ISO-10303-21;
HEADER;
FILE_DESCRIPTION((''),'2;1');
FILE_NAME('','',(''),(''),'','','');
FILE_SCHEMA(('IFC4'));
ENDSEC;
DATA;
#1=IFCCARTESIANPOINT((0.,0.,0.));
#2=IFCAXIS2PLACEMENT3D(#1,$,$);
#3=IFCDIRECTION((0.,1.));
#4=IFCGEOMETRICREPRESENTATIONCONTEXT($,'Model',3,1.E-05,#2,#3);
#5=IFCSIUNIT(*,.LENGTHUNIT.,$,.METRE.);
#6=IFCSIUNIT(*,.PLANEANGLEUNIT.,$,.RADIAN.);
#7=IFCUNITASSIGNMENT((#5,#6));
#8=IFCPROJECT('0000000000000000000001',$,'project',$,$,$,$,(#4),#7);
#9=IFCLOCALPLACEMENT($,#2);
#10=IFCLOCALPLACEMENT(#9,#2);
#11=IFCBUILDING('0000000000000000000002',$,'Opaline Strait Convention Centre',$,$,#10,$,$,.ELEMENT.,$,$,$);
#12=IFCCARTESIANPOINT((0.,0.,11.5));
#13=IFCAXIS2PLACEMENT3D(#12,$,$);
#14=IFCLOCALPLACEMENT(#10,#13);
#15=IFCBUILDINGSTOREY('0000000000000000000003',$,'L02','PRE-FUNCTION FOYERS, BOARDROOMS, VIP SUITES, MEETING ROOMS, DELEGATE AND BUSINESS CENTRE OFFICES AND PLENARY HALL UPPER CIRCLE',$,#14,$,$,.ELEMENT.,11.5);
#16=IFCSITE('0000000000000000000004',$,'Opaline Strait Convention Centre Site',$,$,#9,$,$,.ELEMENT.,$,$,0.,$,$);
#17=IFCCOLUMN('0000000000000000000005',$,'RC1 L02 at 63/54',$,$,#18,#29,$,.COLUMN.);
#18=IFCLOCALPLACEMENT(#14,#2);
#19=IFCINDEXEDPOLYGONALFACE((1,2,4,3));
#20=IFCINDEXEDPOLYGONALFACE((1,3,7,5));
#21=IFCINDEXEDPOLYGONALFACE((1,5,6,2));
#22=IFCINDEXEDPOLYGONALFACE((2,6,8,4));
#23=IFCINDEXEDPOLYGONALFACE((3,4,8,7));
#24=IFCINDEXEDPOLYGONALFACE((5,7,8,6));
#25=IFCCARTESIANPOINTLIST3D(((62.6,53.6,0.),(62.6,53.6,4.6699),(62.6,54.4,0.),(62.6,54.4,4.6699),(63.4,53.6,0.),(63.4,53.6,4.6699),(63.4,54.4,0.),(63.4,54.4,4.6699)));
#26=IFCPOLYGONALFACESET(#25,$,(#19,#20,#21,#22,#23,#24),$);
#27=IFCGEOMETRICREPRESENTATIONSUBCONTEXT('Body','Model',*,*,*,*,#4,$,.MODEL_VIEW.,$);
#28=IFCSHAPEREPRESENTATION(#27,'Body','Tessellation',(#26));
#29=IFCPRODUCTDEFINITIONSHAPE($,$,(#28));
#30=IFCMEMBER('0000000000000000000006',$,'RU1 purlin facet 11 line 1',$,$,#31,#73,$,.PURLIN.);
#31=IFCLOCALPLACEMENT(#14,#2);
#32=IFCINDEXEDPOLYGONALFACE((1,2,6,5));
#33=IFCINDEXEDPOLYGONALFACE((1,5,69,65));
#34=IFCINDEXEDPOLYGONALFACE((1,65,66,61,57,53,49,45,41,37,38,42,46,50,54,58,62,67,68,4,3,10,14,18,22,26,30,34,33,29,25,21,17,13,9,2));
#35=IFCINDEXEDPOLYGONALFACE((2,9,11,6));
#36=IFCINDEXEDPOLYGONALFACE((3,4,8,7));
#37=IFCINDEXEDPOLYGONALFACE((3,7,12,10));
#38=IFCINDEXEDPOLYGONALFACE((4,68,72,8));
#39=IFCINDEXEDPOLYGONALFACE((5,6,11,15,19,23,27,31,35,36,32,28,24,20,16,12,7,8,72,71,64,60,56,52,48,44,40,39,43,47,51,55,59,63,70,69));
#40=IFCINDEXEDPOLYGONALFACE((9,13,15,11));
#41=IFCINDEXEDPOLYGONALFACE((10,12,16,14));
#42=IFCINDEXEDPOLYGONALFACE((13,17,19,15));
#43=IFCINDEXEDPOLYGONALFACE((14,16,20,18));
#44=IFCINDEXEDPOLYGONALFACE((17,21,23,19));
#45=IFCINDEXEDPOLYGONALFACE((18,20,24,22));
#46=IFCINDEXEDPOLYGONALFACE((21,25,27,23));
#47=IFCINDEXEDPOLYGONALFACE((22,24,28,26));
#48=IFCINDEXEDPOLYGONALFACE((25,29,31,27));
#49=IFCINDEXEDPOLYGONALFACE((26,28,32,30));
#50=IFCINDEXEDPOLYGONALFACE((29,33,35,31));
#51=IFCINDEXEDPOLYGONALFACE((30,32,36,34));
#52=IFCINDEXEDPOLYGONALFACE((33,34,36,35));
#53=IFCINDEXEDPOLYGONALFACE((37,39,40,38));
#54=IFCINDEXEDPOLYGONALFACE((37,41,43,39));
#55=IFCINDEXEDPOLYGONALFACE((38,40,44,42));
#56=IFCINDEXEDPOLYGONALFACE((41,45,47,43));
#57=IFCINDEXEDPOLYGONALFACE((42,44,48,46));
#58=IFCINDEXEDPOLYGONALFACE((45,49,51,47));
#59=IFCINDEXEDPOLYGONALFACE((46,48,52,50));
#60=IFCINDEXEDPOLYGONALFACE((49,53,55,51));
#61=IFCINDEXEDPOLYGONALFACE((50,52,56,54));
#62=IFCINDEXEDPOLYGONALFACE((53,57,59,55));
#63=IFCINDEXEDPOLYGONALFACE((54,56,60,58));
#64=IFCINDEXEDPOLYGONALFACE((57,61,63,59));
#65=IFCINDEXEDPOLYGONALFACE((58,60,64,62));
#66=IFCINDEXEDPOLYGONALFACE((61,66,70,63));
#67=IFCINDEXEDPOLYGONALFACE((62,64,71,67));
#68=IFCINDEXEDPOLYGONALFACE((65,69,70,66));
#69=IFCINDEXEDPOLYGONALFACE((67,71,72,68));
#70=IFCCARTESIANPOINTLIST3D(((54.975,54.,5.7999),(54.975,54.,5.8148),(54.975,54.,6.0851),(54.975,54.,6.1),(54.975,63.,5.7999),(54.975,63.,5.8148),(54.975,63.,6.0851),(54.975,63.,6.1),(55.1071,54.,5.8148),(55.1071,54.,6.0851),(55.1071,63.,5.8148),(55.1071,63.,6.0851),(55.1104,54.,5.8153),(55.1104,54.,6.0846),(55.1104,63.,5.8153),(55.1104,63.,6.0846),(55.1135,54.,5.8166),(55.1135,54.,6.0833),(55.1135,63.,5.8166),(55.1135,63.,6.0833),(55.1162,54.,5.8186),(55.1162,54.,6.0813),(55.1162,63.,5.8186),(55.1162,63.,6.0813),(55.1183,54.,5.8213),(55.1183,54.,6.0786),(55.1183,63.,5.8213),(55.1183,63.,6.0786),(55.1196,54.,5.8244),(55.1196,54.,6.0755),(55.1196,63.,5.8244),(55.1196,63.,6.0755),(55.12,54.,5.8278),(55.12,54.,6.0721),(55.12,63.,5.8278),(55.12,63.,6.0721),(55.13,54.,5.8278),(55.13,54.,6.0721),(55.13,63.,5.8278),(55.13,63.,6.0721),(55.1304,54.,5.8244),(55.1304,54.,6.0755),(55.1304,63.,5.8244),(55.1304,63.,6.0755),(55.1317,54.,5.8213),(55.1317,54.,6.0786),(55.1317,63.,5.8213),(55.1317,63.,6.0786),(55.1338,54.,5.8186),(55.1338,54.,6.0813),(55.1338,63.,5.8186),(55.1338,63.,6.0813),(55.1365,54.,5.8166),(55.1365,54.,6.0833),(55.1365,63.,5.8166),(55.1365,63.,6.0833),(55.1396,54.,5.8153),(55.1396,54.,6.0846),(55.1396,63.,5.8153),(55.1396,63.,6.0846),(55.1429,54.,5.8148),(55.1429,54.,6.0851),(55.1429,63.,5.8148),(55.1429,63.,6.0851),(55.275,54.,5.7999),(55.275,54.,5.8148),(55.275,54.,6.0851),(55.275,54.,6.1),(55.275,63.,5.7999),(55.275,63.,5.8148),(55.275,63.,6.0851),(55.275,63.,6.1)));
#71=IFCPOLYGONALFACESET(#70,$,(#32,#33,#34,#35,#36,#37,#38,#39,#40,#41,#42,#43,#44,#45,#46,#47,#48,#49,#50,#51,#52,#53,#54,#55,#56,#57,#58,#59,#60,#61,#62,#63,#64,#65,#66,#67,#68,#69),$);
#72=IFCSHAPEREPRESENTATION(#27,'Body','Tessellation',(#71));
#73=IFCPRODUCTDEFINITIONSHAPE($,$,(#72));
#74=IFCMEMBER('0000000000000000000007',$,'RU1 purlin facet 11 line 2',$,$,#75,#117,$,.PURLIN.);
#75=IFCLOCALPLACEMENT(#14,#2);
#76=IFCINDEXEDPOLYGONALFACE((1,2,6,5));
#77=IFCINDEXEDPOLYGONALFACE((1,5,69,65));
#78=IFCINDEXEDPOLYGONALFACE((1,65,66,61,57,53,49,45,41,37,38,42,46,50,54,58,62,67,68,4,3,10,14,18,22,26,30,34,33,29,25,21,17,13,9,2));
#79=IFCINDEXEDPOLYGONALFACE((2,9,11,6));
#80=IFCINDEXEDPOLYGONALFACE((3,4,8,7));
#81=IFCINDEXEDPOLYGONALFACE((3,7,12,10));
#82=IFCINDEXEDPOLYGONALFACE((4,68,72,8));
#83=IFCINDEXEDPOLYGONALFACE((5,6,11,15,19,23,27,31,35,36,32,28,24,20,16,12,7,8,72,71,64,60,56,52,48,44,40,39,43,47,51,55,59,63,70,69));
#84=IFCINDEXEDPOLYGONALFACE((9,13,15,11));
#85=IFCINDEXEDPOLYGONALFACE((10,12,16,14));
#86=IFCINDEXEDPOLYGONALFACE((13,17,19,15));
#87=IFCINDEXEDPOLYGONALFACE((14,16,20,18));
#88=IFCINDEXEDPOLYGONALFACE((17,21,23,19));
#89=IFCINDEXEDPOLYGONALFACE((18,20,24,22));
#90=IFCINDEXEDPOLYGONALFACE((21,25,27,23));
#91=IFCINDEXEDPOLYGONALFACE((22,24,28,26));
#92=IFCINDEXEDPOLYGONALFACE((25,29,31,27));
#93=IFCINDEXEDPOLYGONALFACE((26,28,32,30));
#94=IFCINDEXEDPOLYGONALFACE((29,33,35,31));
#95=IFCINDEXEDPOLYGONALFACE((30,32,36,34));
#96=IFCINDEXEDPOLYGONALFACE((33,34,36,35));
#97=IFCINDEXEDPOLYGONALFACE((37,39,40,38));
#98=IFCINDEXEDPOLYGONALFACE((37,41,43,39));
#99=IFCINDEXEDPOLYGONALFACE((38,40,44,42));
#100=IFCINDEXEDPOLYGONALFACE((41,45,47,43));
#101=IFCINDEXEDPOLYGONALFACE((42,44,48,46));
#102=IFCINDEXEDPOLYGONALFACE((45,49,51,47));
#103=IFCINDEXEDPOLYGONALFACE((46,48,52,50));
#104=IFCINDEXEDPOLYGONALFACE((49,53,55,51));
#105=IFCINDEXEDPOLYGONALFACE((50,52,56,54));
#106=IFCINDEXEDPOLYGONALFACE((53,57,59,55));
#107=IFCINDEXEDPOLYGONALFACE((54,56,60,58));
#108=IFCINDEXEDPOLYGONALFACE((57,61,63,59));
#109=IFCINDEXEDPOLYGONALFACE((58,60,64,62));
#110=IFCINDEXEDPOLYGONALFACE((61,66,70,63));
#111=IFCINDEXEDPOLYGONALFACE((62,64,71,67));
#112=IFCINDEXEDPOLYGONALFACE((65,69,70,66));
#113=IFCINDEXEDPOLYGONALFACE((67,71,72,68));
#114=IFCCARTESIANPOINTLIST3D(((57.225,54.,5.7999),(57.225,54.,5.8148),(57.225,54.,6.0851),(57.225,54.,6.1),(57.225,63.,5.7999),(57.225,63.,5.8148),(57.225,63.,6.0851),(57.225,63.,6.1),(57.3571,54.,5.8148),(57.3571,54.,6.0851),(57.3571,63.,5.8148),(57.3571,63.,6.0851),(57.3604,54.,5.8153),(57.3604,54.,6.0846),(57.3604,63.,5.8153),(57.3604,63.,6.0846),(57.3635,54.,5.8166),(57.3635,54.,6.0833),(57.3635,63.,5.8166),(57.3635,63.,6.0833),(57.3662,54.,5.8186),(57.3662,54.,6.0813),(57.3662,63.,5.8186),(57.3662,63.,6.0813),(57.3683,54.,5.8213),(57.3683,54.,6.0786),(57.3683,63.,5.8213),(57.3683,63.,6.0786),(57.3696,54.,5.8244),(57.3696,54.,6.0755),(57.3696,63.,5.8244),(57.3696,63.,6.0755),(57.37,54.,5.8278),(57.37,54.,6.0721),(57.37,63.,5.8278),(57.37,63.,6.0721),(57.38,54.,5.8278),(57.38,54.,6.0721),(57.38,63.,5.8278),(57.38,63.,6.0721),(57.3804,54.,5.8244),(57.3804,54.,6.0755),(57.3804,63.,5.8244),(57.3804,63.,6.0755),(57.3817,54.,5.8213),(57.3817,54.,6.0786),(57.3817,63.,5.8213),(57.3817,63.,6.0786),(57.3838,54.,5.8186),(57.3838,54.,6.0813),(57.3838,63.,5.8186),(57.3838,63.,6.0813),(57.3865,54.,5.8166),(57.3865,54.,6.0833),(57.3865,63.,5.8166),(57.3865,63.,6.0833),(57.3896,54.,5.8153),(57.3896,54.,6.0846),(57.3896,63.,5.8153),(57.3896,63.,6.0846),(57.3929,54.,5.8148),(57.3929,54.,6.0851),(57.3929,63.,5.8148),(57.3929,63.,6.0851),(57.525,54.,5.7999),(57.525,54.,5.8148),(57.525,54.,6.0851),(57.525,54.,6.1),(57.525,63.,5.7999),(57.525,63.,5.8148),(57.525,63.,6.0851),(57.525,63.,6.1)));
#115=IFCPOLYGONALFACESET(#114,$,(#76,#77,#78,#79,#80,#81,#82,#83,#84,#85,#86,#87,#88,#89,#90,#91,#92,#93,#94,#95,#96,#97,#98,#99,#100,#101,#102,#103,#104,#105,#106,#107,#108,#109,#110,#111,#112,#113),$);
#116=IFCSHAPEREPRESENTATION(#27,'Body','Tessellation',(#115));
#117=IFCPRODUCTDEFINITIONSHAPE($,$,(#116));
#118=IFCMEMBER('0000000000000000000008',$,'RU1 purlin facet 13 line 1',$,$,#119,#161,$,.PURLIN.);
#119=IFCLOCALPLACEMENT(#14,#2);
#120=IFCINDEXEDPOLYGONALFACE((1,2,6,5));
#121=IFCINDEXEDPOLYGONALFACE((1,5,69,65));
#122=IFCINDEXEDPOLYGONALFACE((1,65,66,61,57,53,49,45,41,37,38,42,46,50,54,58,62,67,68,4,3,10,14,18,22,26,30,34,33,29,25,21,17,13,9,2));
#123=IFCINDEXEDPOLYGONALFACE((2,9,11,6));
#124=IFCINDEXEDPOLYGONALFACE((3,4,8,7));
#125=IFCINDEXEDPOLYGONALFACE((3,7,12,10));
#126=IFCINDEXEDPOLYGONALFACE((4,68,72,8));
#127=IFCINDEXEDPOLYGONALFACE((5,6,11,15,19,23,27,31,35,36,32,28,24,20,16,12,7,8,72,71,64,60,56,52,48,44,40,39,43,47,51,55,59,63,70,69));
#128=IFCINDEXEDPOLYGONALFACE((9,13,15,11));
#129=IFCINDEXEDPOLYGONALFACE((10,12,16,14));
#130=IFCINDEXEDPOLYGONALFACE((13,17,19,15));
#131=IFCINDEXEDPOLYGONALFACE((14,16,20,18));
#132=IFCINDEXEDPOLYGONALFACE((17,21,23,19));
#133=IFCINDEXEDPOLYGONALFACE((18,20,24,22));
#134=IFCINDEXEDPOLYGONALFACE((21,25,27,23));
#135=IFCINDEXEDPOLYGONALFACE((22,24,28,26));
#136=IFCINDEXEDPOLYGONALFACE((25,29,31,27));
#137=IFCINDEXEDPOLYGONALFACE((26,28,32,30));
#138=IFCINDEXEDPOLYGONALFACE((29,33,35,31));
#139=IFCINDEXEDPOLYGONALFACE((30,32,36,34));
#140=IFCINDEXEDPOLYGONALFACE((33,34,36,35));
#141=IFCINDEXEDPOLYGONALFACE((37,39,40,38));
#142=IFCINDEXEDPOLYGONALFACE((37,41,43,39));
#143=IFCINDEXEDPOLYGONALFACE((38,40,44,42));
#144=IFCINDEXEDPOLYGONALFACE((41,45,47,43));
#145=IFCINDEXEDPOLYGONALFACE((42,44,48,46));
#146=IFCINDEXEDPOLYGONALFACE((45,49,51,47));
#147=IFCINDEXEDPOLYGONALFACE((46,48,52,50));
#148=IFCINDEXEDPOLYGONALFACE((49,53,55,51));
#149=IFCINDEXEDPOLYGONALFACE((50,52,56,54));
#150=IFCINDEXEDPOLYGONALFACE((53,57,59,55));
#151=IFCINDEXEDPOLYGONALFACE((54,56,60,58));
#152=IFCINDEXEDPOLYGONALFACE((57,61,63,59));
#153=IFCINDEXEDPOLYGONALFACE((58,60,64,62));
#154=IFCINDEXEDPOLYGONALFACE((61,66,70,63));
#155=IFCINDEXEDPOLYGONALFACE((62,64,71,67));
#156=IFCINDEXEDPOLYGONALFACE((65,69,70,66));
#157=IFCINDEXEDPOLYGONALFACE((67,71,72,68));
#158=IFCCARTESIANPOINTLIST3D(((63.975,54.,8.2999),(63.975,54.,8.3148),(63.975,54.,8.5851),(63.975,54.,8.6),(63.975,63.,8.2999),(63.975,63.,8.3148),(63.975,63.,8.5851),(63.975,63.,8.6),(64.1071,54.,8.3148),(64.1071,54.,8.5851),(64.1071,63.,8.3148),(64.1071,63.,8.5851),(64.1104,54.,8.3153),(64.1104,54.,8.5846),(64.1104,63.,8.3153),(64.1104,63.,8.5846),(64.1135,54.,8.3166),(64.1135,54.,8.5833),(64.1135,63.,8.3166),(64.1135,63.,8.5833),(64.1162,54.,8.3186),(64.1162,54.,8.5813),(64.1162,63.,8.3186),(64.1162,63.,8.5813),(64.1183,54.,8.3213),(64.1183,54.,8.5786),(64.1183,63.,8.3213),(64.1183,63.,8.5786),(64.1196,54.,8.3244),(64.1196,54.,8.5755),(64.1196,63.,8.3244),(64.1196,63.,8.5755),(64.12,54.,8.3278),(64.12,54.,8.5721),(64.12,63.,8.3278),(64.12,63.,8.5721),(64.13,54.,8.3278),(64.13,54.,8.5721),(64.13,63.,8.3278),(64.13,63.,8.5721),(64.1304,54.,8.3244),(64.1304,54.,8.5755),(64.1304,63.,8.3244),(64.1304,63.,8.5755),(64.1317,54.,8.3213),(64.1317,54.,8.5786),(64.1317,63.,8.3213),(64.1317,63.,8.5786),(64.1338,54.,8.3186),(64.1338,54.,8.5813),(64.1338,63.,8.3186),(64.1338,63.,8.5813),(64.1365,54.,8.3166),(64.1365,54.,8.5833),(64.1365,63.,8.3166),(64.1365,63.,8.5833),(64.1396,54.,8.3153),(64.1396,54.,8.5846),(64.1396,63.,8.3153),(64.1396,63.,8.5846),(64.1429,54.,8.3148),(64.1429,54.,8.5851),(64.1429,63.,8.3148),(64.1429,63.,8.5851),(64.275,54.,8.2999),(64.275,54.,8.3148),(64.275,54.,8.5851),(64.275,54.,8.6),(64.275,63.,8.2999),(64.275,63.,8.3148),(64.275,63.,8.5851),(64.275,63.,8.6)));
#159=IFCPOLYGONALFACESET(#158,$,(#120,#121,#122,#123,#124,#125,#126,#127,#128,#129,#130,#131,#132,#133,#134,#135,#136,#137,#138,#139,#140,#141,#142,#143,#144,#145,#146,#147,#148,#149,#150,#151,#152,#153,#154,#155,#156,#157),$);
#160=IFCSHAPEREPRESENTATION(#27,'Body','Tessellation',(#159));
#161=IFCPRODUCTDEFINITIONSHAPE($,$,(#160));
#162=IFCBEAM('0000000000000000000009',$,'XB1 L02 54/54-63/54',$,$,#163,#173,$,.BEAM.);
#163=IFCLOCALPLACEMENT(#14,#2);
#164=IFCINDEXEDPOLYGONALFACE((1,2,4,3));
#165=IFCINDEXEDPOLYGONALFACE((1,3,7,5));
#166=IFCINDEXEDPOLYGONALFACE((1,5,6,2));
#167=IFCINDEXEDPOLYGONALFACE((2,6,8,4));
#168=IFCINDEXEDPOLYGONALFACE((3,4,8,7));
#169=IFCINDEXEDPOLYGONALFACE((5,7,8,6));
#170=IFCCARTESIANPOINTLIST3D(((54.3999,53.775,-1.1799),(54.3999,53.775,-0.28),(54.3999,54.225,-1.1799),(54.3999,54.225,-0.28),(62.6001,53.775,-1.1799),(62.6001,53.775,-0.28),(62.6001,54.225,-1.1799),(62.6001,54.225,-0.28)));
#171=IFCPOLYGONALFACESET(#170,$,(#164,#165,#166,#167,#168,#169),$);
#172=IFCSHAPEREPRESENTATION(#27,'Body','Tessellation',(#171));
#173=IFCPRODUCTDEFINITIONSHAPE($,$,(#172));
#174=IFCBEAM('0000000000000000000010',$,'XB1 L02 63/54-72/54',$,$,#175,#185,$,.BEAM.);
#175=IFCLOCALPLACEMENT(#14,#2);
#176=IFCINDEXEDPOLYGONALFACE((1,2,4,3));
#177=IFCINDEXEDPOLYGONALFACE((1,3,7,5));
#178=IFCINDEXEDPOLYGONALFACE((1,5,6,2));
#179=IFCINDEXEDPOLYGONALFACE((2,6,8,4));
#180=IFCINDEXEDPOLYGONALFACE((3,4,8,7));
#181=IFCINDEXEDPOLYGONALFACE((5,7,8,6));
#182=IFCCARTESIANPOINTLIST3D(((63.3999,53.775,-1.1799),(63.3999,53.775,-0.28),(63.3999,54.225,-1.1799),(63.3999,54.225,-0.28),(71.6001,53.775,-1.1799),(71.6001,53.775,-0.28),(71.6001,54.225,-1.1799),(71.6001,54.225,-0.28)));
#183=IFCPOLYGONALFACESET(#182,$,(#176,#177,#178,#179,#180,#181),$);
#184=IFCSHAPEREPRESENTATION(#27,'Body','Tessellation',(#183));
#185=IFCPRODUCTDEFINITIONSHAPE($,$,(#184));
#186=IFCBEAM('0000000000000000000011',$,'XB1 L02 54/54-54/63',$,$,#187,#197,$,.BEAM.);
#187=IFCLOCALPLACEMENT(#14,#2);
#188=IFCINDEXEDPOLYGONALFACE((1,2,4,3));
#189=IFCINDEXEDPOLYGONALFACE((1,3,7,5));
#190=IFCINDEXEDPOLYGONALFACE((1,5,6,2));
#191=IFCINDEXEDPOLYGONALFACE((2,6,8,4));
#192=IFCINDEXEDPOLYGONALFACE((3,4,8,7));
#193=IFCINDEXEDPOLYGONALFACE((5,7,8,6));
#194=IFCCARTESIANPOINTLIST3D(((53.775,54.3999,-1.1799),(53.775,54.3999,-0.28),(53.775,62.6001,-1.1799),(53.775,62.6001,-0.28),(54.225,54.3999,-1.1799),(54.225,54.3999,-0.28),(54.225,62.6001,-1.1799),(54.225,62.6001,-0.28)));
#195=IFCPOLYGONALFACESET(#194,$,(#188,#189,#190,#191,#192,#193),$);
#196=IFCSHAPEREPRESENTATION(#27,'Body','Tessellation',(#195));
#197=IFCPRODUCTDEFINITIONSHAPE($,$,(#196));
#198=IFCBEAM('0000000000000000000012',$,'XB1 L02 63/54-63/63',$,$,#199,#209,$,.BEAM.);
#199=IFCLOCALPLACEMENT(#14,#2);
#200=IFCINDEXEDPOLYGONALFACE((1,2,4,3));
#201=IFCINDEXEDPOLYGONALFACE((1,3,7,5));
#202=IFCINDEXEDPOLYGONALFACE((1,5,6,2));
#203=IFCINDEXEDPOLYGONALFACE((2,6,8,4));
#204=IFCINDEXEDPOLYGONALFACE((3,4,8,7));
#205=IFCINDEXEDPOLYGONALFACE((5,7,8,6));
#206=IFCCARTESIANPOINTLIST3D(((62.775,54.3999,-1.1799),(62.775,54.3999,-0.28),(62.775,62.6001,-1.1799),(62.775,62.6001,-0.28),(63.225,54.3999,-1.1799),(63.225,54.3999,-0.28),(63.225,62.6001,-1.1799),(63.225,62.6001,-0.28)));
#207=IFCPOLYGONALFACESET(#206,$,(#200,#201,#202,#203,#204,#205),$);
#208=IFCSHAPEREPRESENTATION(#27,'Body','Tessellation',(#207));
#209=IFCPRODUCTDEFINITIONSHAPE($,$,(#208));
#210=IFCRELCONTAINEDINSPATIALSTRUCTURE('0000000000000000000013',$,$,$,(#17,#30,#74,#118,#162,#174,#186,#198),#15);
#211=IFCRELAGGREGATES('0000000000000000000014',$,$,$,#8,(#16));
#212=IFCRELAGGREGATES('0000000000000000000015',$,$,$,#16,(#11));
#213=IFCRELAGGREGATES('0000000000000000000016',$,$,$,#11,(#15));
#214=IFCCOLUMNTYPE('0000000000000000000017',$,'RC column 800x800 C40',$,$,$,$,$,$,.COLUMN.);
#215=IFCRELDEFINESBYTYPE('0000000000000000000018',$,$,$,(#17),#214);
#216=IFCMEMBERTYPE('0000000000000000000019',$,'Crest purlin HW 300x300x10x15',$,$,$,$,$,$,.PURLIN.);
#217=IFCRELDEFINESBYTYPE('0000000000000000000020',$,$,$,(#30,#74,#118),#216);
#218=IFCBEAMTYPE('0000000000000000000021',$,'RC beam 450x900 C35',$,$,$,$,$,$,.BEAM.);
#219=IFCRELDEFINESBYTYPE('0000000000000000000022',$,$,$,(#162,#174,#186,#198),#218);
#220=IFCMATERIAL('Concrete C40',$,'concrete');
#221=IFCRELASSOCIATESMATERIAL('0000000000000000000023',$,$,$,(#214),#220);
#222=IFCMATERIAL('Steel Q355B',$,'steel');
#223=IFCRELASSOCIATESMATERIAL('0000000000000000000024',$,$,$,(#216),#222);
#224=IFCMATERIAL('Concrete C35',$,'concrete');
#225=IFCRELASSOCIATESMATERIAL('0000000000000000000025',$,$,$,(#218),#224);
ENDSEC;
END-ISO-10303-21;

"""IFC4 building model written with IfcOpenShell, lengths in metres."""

from ifc_helpers import new_model, si_unit, direction, frame, origin, origin_2d, place, context, subcontext, project, spatial, rectangle, i_section, extrude, material, material_profile, profile_set, type_object, element, save


model = new_model("IFC4")

# Units and contexts
model_context = context("Model", 3, precision=1e-05, world=origin(), true_north=direction((0.0, 1.0)))
body_context = subcontext(model_context, "Body", "Model", "MODEL_VIEW")
ifc_project = project(units=[si_unit("LENGTHUNIT", "METRE"), si_unit("PLANEANGLEUNIT", "RADIAN")], contexts=[model_context])

# Site, building, storey
site_placement = place(None, origin())
site = spatial("IfcSite", under=ifc_project, at=site_placement, Name="Opaline Strait Convention Centre Site", CompositionType="ELEMENT", RefElevation=0.0)
building_placement = place(site_placement, origin())
building = spatial("IfcBuilding", under=site, at=building_placement, Name="Opaline Strait Convention Centre", CompositionType="ELEMENT")
storey_placement = place(building_placement, frame((0.0, 0.0, 11.5)))
storey = spatial("IfcBuildingStorey", under=building, at=storey_placement, Name="L02", Description="PRE-FUNCTION FOYERS, BOARDROOMS, VIP SUITES, MEETING ROOMS, DELEGATE AND BUSINESS CENTRE OFFICES AND PLENARY HALL UPPER CIRCLE", CompositionType="ELEMENT", Elevation=11.5)

# Column
ifc_material_1 = material(Name="Concrete C40", Category="concrete")
ifc_material_profile_1 = material_profile(ifc_material_1, rectangle(XDim=0.8, YDim=0.8, at=origin_2d()), Name="RC 800x800")
ifc_profile_set_1 = profile_set([ifc_material_profile_1], Name="Concrete C40")
column_type = type_object("IfcColumnType", Name="RC column 800x800 C40", PredefinedType="COLUMN", material=ifc_profile_set_1)
column_placement = place(storey_placement, frame((63.0, 54.0, 0.0), z_axis=(0.0, 0.0, 1.0), x_axis=(1.0, 0.0, 0.0)))
element("IfcColumn", 1, at=column_placement, inside=storey, type_object=column_type, Name="RC1 L02 at 63/54", PredefinedType="COLUMN", context=body_context, shape_type="SweptSolid", body=[
    extrude(rectangle(XDim=0.8, YDim=0.8, at=origin_2d()), origin(), (0.0, 0.0, 1.0), 4.6699),
])

# Members
ifc_material_2 = material(Name="Steel Q355B", Category="steel")
ifc_material_profile_2 = material_profile(ifc_material_2, i_section(OverallWidth=0.3, OverallDepth=0.3, WebThickness=0.01, FlangeThickness=0.0149, FilletRadius=0.0129, at=origin_2d()), Name="HW 300x300x10x15")
ifc_profile_set_2 = profile_set([ifc_material_profile_2], Name="Steel Q355B")
member_type_1 = type_object("IfcMemberType", Name="Crest purlin HW 300x300x10x15", PredefinedType="PURLIN", material=ifc_profile_set_2)
for number, where, z_axis, x_axis, name in (
    (2, (55.125, 54.0, 5.95), (0.0, 1.0, 0.0), (-1.0, 0.0, 0.0), "RU1 purlin facet 11 line 1"),
    (3, (57.375, 54.0, 5.95), (0.0, 1.0, 0.0), (-1.0, 0.0, 0.0), "RU1 purlin facet 11 line 2"),
    (4, (64.125, 54.0, 8.45), (0.0, 1.0, 0.0), (-1.0, 0.0, 0.0), "RU1 purlin facet 13 line 1"),
):
    element("IfcMember", number, at=place(storey_placement, frame(where, z_axis=z_axis, x_axis=x_axis)), inside=storey, type_object=member_type_1, Name=name, PredefinedType="PURLIN", context=body_context, shape_type="SweptSolid", body=[
        extrude(i_section(OverallWidth=0.3, OverallDepth=0.3, WebThickness=0.01, FlangeThickness=0.0149, FilletRadius=0.0129, at=origin_2d()), origin(), (0.0, 0.0, 1.0), 9.0),
    ])

# Beams
ifc_material_3 = material(Name="Concrete C35", Category="concrete")
ifc_material_profile_3 = material_profile(ifc_material_3, rectangle(XDim=0.45, YDim=0.8999, at=origin_2d()), Name="RC 450x900")
ifc_profile_set_3 = profile_set([ifc_material_profile_3], Name="Concrete C35")
beam_type = type_object("IfcBeamType", Name="RC beam 450x900 C35", PredefinedType="BEAM", material=ifc_profile_set_3)
for number, where, z_axis, x_axis, name in (
    (5, (54.3999, 54.0, -0.73), (1.0, 0.0, 0.0), (0.0, 1.0, 0.0), "XB1 L02 54/54-63/54"),
    (6, (63.3999, 54.0, -0.73), (1.0, 0.0, 0.0), (0.0, 1.0, 0.0), "XB1 L02 63/54-72/54"),
    (7, (54.0, 54.3999, -0.73), (0.0, 1.0, 0.0), (-1.0, 0.0, 0.0), "XB1 L02 54/54-54/63"),
    (8, (63.0, 54.3999, -0.73), (0.0, 1.0, 0.0), (-1.0, 0.0, 0.0), "XB1 L02 63/54-63/63"),
):
    element("IfcBeam", number, at=place(storey_placement, frame(where, z_axis=z_axis, x_axis=x_axis)), inside=storey, type_object=beam_type, Name=name, PredefinedType="BEAM", context=body_context, shape_type="SweptSolid", body=[
        extrude(rectangle(XDim=0.45, YDim=0.8999, at=origin_2d()), origin(), (0.0, 0.0, 1.0), 8.2002),
    ])

save(model, "model.ifc")
